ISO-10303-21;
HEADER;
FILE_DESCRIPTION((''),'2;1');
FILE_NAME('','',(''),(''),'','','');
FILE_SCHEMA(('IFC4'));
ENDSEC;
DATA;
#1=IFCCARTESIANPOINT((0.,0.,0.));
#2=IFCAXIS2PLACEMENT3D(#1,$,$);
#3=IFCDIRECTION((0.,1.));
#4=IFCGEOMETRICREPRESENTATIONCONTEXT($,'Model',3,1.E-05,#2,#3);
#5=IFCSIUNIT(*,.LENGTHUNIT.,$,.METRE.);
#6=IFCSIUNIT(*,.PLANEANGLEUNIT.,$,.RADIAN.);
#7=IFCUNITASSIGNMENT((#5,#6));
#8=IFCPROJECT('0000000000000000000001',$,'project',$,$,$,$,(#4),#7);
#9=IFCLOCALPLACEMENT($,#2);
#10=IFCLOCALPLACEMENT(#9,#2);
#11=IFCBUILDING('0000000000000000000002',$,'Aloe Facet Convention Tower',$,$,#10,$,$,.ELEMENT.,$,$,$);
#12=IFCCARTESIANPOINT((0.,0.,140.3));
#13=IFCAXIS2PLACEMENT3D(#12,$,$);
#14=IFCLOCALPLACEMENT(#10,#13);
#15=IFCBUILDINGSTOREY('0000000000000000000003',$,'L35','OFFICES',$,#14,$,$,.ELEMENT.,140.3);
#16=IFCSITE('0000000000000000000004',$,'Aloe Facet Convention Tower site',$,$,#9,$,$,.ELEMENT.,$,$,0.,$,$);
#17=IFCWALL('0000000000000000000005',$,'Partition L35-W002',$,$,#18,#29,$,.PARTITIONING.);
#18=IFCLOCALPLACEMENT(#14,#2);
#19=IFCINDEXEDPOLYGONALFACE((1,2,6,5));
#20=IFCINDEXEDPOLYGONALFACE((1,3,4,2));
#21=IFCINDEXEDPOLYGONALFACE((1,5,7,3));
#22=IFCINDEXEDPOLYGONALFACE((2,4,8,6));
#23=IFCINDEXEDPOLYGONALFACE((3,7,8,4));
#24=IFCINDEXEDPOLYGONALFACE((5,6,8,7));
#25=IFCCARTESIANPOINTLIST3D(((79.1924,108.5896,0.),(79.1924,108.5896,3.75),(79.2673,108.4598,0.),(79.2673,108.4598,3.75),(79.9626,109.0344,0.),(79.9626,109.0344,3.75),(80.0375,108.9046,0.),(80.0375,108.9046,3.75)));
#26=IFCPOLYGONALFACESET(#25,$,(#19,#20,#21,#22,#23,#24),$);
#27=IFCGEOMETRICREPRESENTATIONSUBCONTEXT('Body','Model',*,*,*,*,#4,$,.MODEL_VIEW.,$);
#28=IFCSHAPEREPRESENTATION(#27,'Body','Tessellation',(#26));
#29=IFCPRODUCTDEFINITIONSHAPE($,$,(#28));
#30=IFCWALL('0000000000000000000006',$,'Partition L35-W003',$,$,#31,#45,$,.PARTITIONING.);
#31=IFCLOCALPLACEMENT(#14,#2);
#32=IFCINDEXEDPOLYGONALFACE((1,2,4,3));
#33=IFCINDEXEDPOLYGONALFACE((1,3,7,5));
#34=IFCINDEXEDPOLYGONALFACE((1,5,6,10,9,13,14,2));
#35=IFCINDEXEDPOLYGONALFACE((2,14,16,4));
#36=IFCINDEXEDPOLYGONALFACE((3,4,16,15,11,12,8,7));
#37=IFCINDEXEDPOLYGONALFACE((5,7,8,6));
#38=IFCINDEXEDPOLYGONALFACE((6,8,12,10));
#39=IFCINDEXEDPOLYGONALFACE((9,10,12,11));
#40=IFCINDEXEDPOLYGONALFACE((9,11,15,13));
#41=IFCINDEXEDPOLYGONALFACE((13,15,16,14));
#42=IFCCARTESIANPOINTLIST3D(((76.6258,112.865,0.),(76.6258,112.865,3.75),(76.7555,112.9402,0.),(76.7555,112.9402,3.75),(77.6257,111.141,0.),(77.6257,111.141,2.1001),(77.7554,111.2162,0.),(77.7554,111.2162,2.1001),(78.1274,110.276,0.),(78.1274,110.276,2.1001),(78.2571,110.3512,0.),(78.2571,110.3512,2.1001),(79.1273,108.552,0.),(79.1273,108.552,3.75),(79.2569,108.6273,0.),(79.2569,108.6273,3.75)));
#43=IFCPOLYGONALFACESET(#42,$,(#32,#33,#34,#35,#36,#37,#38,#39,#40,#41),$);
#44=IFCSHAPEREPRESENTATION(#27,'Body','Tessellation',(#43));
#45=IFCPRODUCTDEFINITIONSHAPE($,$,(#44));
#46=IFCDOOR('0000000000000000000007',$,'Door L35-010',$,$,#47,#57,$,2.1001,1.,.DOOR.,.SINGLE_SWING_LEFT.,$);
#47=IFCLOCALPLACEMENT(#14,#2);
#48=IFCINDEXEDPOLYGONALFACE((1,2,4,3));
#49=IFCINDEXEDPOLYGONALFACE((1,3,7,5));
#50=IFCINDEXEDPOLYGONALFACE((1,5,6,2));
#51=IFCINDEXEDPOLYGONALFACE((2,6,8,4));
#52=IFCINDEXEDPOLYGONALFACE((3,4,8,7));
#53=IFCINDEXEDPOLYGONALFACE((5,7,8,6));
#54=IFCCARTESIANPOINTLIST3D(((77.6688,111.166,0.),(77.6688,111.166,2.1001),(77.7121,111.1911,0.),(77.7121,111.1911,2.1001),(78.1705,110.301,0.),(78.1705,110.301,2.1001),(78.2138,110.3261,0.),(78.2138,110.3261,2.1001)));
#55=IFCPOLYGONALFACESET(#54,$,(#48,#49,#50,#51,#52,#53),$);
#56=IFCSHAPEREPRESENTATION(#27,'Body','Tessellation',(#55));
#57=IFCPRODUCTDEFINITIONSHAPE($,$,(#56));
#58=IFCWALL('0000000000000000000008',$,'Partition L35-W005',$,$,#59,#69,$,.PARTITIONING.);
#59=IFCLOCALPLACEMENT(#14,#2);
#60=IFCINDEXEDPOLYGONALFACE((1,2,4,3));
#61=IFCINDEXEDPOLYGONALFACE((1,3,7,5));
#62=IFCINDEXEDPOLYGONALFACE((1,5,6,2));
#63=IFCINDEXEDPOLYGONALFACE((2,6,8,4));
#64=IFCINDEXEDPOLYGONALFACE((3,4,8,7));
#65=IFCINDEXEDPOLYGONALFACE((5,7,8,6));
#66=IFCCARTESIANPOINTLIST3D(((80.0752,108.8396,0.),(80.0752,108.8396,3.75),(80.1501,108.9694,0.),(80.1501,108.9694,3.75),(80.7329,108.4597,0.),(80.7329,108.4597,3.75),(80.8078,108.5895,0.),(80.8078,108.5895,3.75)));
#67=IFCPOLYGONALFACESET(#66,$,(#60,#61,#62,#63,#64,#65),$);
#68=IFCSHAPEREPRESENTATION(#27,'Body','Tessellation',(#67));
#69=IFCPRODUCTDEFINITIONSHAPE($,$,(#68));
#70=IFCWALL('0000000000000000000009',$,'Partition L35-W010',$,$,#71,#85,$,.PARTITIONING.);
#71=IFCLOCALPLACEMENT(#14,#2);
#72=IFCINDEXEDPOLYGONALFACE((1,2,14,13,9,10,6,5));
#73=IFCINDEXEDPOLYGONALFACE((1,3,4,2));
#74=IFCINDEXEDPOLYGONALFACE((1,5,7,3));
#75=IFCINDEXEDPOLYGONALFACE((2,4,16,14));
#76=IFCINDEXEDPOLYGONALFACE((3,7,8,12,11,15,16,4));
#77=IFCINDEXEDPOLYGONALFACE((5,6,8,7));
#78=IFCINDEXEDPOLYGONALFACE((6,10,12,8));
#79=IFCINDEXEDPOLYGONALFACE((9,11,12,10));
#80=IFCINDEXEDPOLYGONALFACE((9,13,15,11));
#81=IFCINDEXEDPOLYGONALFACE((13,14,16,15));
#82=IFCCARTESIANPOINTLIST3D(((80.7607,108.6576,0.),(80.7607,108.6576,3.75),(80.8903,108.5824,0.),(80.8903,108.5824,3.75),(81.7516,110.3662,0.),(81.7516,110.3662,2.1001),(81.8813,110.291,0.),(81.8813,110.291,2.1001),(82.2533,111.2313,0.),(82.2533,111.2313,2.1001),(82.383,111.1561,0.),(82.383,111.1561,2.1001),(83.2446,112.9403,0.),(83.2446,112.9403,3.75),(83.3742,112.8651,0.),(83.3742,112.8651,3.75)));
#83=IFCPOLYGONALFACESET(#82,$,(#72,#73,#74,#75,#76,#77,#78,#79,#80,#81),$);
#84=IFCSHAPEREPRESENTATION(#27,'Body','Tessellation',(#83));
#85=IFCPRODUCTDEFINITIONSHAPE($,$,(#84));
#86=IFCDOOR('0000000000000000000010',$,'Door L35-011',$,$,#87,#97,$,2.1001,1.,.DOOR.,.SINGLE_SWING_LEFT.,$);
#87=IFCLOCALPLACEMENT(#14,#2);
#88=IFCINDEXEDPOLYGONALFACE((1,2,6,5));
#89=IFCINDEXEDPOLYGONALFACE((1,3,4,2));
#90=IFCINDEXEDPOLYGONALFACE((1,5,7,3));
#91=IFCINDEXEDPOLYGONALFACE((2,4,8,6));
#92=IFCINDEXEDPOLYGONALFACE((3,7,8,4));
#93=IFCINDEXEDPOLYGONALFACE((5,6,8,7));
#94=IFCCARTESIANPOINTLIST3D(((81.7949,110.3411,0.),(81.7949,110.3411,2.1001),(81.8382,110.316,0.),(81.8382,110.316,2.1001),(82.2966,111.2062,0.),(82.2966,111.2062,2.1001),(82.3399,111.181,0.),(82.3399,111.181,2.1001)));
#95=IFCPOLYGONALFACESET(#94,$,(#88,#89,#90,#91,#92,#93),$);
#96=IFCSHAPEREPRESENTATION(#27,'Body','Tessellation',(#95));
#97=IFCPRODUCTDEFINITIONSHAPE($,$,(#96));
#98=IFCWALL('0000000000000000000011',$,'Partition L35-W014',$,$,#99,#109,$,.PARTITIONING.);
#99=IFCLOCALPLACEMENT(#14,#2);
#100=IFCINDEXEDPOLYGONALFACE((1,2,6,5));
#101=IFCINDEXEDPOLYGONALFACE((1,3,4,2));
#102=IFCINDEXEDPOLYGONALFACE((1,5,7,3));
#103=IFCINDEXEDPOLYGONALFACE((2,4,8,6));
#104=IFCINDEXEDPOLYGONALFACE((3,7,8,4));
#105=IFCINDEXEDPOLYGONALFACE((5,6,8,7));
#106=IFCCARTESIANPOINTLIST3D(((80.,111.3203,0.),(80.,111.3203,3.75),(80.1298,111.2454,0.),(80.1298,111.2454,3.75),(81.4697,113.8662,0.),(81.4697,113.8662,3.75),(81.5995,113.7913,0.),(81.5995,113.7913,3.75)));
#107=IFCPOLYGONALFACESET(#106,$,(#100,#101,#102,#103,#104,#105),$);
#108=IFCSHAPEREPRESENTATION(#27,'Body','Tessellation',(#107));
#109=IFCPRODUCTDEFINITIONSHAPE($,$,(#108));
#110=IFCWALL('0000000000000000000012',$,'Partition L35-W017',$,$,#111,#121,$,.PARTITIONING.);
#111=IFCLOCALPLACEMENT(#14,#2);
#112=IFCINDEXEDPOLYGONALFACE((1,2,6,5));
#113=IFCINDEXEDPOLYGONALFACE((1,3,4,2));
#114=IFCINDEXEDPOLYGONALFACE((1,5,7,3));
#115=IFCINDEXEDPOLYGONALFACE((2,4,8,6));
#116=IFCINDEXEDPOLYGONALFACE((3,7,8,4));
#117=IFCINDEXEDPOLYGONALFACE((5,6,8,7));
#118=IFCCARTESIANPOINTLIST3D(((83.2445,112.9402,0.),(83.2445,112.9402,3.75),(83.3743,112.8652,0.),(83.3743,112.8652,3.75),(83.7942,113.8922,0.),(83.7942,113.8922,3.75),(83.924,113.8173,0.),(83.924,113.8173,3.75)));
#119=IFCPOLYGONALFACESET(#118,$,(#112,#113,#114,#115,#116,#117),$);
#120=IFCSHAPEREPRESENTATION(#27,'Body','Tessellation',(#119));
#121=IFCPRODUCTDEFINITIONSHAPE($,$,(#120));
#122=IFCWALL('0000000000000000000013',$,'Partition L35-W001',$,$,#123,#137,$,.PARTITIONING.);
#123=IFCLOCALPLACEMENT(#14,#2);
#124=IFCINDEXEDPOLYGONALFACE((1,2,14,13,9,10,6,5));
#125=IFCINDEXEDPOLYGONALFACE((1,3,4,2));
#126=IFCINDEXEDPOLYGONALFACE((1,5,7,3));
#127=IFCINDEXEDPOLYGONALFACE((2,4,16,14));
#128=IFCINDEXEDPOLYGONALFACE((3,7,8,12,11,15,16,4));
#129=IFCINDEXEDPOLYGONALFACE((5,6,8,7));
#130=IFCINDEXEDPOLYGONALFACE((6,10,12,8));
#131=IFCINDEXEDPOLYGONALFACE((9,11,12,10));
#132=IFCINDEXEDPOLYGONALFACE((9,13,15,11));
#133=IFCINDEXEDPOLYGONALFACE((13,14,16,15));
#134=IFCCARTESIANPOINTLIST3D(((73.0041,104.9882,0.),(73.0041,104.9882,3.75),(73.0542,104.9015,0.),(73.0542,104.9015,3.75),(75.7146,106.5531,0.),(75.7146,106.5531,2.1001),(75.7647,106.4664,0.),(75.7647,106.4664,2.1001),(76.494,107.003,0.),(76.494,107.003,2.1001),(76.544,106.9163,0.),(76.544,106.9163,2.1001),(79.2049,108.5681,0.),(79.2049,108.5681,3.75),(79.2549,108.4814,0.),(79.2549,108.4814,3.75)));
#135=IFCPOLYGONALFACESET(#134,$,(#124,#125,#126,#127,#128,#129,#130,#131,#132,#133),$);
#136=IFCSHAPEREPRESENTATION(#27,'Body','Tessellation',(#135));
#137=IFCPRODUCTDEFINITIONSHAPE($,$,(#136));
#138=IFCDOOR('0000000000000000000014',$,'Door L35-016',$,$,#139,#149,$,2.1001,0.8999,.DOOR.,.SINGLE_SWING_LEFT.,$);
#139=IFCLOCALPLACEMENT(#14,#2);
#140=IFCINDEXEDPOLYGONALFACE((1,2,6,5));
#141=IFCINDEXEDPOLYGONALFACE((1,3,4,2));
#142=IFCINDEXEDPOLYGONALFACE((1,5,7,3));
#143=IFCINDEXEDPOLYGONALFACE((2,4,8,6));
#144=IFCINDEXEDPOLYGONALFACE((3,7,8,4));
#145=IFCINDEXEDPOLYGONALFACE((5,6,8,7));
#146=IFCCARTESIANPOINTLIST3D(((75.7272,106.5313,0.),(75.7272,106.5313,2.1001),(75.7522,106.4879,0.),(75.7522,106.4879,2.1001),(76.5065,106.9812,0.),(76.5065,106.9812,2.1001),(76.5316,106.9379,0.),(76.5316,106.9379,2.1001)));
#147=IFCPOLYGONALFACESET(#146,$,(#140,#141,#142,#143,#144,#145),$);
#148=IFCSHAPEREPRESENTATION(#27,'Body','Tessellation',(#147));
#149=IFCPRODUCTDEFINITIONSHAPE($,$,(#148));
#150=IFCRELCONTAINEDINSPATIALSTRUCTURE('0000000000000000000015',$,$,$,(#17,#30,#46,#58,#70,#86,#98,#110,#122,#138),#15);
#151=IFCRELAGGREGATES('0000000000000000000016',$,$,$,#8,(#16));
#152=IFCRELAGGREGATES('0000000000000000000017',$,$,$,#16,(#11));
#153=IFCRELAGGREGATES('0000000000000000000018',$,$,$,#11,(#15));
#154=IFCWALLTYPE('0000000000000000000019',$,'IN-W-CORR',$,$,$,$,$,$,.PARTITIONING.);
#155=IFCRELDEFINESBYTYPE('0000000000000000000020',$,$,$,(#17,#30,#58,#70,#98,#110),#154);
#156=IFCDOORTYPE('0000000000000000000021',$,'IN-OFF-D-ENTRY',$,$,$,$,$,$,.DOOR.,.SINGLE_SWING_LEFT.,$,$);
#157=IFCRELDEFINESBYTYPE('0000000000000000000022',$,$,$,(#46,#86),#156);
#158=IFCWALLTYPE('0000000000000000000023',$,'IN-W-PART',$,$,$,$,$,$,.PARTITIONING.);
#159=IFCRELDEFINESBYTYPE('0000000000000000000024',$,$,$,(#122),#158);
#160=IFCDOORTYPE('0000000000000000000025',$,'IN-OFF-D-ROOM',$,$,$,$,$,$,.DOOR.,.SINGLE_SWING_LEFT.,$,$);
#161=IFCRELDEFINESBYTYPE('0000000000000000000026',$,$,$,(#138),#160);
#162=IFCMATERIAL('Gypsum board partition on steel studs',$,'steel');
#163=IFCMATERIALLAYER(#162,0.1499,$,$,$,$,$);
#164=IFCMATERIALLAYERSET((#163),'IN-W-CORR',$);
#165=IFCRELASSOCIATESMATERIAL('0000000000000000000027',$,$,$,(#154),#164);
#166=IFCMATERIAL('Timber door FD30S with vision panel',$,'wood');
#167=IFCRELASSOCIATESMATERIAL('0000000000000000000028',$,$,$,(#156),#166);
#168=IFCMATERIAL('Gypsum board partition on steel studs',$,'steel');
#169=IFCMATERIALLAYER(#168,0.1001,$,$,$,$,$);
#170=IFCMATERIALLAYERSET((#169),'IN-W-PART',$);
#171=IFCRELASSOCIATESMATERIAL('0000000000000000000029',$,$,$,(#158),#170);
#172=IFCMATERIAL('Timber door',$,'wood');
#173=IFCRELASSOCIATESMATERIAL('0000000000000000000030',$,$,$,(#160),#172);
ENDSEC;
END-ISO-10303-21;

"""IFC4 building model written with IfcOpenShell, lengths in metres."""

from ifc_helpers import new_model, si_unit, direction, frame, frame_2d, origin, place, context, subcontext, project, spatial, rectangle, extrude, material, layer, layer_set, type_object, element, fill, save


model = new_model("IFC4")

# Units and contexts
model_context = context("Model", 3, precision=1e-05, world=origin(), true_north=direction((0.0, 1.0)))
body_context = subcontext(model_context, "Body", "Model", "MODEL_VIEW")
ifc_project = project(units=[si_unit("LENGTHUNIT", "METRE"), si_unit("PLANEANGLEUNIT", "RADIAN")], contexts=[model_context])

# Site, building, storey
site_placement = place(None, origin())
site = spatial("IfcSite", under=ifc_project, at=site_placement, Name="Aloe Facet Convention Tower site", CompositionType="ELEMENT", RefElevation=0.0)
building_placement = place(site_placement, origin())
building = spatial("IfcBuilding", under=site, at=building_placement, Name="Aloe Facet Convention Tower", CompositionType="ELEMENT")
storey_placement = place(building_placement, frame((0.0, 0.0, 140.3)))
storey = spatial("IfcBuildingStorey", under=building, at=storey_placement, Name="L35", Description="OFFICES", CompositionType="ELEMENT", Elevation=140.3)

# Wall
ifc_material_1 = material(Name="Gypsum board partition on steel studs", Category="steel")
ifc_layer_1 = layer(ifc_material_1, 0.1499)
ifc_layer_set_1 = layer_set([ifc_layer_1], Name="IN-W-CORR")
wall_type_1 = type_object("IfcWallType", Name="IN-W-CORR", PredefinedType="PARTITIONING", material=ifc_layer_set_1)
wall_1_placement = place(storey_placement, frame((79.2297, 108.5247, 0.0), z_axis=(0.0, 0.0, 1.0), x_axis=(0.865971, 0.500095, 0.0)))
element("IfcWall", 1, at=wall_1_placement, inside=storey, type_object=wall_type_1, Name="Partition L35-W002", PredefinedType="PARTITIONING", context=body_context, shape_type="SweptSolid", body=[
    extrude(rectangle(XDim=0.8894, YDim=0.1499, at=frame_2d((0.4448, 0.0))), origin(), (0.0, 0.0, 1.0), 3.75),
])

# Wall, opening, door
wall_2_placement = place(storey_placement, frame((76.6907, 112.9026, 0.0), z_axis=(0.0, 0.0, 1.0), x_axis=(0.501708, -0.865037, 0.0)))
wall_2 = element("IfcWall", 2, at=wall_2_placement, inside=storey, type_object=wall_type_1, Name="Partition L35-W003", PredefinedType="PARTITIONING", context=body_context, shape_type="SweptSolid", body=[
    extrude(rectangle(XDim=4.9858, YDim=0.1499, at=frame_2d((2.4929, 0.0))), origin(), (0.0, 0.0, 1.0), 3.75),
])
opening_1_placement = place(wall_2_placement, frame((1.9929, 0.0, 0.0)))
opening_1 = element("IfcOpeningElement", 3, at=opening_1_placement, cuts=wall_2, PredefinedType="OPENING", context=body_context, shape_type="SweptSolid", body=[
    extrude(rectangle(XDim=1.0, YDim=2.1001, at=frame_2d((0.5, 1.05))), frame((0.0, 0.085, 0.0), z_axis=(0.0, -1.0, 0.0), x_axis=(1.0, 0.0, 0.0)), (0.0, 0.0, 1.0), 0.1699),
])
ifc_material_2 = material(Name="Timber door FD30S with vision panel", Category="wood")
door_type_1 = type_object("IfcDoorType", Name="IN-OFF-D-ENTRY", OperationType="SINGLE_SWING_LEFT", PredefinedType="DOOR", material=ifc_material_2)
door_1_placement = place(opening_1_placement, origin())
door_1 = element("IfcDoor", 4, at=door_1_placement, inside=storey, type_object=door_type_1, Name="Door L35-010", OperationType="SINGLE_SWING_LEFT", OverallHeight=2.1001, OverallWidth=1.0, PredefinedType="DOOR", context=body_context, shape_type="SweptSolid", body=[
    extrude(rectangle(XDim=1.0, YDim=2.1001, at=frame_2d((0.5, 1.05))), frame((0.0, 0.0249, 0.0), z_axis=(0.0, -1.0, 0.0), x_axis=(1.0, 0.0, 0.0)), (0.0, 0.0, 1.0), 0.05),
])
fill(opening_1, door_1)

# Wall
wall_3_placement = place(storey_placement, frame((80.1125, 108.9045, 0.0), z_axis=(0.0, 0.0, 1.0), x_axis=(0.865939, -0.500149, 0.0)))
element("IfcWall", 5, at=wall_3_placement, inside=storey, type_object=wall_type_1, Name="Partition L35-W005", PredefinedType="PARTITIONING", context=body_context, shape_type="SweptSolid", body=[
    extrude(rectangle(XDim=0.7595, YDim=0.1499, at=frame_2d((0.3799, 0.0))), origin(), (0.0, 0.0, 1.0), 3.75),
])

# Wall, opening, door
wall_4_placement = place(storey_placement, frame((80.8254, 108.6199, 0.0), z_axis=(0.0, 0.0, 1.0), x_axis=(0.501705, 0.865039, 0.0)))
wall_4 = element("IfcWall", 6, at=wall_4_placement, inside=storey, type_object=wall_type_1, Name="Partition L35-W010", PredefinedType="PARTITIONING", context=body_context, shape_type="SweptSolid", body=[
    extrude(rectangle(XDim=4.9509, YDim=0.1499, at=frame_2d((2.4756, 0.0))), origin(), (0.0, 0.0, 1.0), 3.75),
])
opening_2_placement = place(wall_4_placement, frame((1.9753, 0.0, 0.0)))
opening_2 = element("IfcOpeningElement", 7, at=opening_2_placement, cuts=wall_4, PredefinedType="OPENING", context=body_context, shape_type="SweptSolid", body=[
    extrude(rectangle(XDim=1.0, YDim=2.1001, at=frame_2d((0.5, 1.05))), frame((0.0, 0.085, 0.0), z_axis=(0.0, -1.0, 0.0), x_axis=(1.0, 0.0, 0.0)), (0.0, 0.0, 1.0), 0.1699),
])
door_2_placement = place(opening_2_placement, origin())
door_2 = element("IfcDoor", 8, at=door_2_placement, inside=storey, type_object=door_type_1, Name="Door L35-011", OperationType="SINGLE_SWING_LEFT", OverallHeight=2.1001, OverallWidth=1.0, PredefinedType="DOOR", context=body_context, shape_type="SweptSolid", body=[
    extrude(rectangle(XDim=1.0, YDim=2.1001, at=frame_2d((0.5, 1.05))), frame((0.0, 0.0249, 0.0), z_axis=(0.0, -1.0, 0.0), x_axis=(1.0, 0.0, 0.0)), (0.0, 0.0, 1.0), 0.05),
])
fill(opening_2, door_2)

# Walls
wall_5_placement = place(storey_placement, frame((80.0649, 111.283, 0.0), z_axis=(0.0, 0.0, 1.0), x_axis=(0.499962, 0.866047, 0.0)))
element("IfcWall", 9, at=wall_5_placement, inside=storey, type_object=wall_type_1, Name="Partition L35-W014", PredefinedType="PARTITIONING", context=body_context, shape_type="SweptSolid", body=[
    extrude(rectangle(XDim=2.9397, YDim=0.1499, at=frame_2d((1.4697, 0.0))), origin(), (0.0, 0.0, 1.0), 3.75),
])
wall_6_placement = place(storey_placement, frame((83.3093, 112.9026, 0.0), z_axis=(0.0, 0.0, 1.0), x_axis=(0.500056, 0.865993, 0.0)))
element("IfcWall", 10, at=wall_6_placement, inside=storey, type_object=wall_type_1, Name="Partition L35-W017", PredefinedType="PARTITIONING", context=body_context, shape_type="SweptSolid", body=[
    extrude(rectangle(XDim=1.0994, YDim=0.1499, at=frame_2d((0.5498, 0.0))), origin(), (0.0, 0.0, 1.0), 3.75),
])

# Wall, opening, door
ifc_material_3 = material(Name="Gypsum board partition on steel studs", Category="steel")
ifc_layer_2 = layer(ifc_material_3, 0.1001)
ifc_layer_set_2 = layer_set([ifc_layer_2], Name="IN-W-PART")
wall_type_2 = type_object("IfcWallType", Name="IN-W-PART", PredefinedType="PARTITIONING", material=ifc_layer_set_2)
wall_7_placement = place(storey_placement, frame((73.0291, 104.9448, 0.0), z_axis=(0.0, 0.0, 1.0), x_axis=(0.866033, 0.499986, 0.0)))
wall_7 = element("IfcWall", 11, at=wall_7_placement, inside=storey, type_object=wall_type_2, Name="Partition L35-W001", PredefinedType="PARTITIONING", context=body_context, shape_type="SweptSolid", body=[
    extrude(rectangle(XDim=7.1599, YDim=0.1001, at=frame_2d((3.5801, 0.0))), origin(), (0.0, 0.0, 1.0), 3.75),
])
opening_3_placement = place(wall_7_placement, frame((3.1299, 0.0, 0.0)))
opening_3 = element("IfcOpeningElement", 12, at=opening_3_placement, cuts=wall_7, PredefinedType="OPENING", context=body_context, shape_type="SweptSolid", body=[
    extrude(rectangle(XDim=0.8999, YDim=2.1001, at=frame_2d((0.45, 1.05))), frame((0.0, 0.0601, 0.0), z_axis=(0.0, -1.0, 0.0), x_axis=(1.0, 0.0, 0.0)), (0.0, 0.0, 1.0), 0.1201),
])
ifc_material_4 = material(Name="Timber door", Category="wood")
door_type_2 = type_object("IfcDoorType", Name="IN-OFF-D-ROOM", OperationType="SINGLE_SWING_LEFT", PredefinedType="DOOR", material=ifc_material_4)
door_3_placement = place(opening_3_placement, origin())
door_3 = element("IfcDoor", 13, at=door_3_placement, inside=storey, type_object=door_type_2, Name="Door L35-016", OperationType="SINGLE_SWING_LEFT", OverallHeight=2.1001, OverallWidth=0.8999, PredefinedType="DOOR", context=body_context, shape_type="SweptSolid", body=[
    extrude(rectangle(XDim=0.8999, YDim=2.1001, at=frame_2d((0.45, 1.05))), frame((0.0, 0.0249, 0.0), z_axis=(0.0, -1.0, 0.0), x_axis=(1.0, 0.0, 0.0)), (0.0, 0.0, 1.0), 0.05),
])
fill(opening_3, door_3)

save(model, "model.ifc")
